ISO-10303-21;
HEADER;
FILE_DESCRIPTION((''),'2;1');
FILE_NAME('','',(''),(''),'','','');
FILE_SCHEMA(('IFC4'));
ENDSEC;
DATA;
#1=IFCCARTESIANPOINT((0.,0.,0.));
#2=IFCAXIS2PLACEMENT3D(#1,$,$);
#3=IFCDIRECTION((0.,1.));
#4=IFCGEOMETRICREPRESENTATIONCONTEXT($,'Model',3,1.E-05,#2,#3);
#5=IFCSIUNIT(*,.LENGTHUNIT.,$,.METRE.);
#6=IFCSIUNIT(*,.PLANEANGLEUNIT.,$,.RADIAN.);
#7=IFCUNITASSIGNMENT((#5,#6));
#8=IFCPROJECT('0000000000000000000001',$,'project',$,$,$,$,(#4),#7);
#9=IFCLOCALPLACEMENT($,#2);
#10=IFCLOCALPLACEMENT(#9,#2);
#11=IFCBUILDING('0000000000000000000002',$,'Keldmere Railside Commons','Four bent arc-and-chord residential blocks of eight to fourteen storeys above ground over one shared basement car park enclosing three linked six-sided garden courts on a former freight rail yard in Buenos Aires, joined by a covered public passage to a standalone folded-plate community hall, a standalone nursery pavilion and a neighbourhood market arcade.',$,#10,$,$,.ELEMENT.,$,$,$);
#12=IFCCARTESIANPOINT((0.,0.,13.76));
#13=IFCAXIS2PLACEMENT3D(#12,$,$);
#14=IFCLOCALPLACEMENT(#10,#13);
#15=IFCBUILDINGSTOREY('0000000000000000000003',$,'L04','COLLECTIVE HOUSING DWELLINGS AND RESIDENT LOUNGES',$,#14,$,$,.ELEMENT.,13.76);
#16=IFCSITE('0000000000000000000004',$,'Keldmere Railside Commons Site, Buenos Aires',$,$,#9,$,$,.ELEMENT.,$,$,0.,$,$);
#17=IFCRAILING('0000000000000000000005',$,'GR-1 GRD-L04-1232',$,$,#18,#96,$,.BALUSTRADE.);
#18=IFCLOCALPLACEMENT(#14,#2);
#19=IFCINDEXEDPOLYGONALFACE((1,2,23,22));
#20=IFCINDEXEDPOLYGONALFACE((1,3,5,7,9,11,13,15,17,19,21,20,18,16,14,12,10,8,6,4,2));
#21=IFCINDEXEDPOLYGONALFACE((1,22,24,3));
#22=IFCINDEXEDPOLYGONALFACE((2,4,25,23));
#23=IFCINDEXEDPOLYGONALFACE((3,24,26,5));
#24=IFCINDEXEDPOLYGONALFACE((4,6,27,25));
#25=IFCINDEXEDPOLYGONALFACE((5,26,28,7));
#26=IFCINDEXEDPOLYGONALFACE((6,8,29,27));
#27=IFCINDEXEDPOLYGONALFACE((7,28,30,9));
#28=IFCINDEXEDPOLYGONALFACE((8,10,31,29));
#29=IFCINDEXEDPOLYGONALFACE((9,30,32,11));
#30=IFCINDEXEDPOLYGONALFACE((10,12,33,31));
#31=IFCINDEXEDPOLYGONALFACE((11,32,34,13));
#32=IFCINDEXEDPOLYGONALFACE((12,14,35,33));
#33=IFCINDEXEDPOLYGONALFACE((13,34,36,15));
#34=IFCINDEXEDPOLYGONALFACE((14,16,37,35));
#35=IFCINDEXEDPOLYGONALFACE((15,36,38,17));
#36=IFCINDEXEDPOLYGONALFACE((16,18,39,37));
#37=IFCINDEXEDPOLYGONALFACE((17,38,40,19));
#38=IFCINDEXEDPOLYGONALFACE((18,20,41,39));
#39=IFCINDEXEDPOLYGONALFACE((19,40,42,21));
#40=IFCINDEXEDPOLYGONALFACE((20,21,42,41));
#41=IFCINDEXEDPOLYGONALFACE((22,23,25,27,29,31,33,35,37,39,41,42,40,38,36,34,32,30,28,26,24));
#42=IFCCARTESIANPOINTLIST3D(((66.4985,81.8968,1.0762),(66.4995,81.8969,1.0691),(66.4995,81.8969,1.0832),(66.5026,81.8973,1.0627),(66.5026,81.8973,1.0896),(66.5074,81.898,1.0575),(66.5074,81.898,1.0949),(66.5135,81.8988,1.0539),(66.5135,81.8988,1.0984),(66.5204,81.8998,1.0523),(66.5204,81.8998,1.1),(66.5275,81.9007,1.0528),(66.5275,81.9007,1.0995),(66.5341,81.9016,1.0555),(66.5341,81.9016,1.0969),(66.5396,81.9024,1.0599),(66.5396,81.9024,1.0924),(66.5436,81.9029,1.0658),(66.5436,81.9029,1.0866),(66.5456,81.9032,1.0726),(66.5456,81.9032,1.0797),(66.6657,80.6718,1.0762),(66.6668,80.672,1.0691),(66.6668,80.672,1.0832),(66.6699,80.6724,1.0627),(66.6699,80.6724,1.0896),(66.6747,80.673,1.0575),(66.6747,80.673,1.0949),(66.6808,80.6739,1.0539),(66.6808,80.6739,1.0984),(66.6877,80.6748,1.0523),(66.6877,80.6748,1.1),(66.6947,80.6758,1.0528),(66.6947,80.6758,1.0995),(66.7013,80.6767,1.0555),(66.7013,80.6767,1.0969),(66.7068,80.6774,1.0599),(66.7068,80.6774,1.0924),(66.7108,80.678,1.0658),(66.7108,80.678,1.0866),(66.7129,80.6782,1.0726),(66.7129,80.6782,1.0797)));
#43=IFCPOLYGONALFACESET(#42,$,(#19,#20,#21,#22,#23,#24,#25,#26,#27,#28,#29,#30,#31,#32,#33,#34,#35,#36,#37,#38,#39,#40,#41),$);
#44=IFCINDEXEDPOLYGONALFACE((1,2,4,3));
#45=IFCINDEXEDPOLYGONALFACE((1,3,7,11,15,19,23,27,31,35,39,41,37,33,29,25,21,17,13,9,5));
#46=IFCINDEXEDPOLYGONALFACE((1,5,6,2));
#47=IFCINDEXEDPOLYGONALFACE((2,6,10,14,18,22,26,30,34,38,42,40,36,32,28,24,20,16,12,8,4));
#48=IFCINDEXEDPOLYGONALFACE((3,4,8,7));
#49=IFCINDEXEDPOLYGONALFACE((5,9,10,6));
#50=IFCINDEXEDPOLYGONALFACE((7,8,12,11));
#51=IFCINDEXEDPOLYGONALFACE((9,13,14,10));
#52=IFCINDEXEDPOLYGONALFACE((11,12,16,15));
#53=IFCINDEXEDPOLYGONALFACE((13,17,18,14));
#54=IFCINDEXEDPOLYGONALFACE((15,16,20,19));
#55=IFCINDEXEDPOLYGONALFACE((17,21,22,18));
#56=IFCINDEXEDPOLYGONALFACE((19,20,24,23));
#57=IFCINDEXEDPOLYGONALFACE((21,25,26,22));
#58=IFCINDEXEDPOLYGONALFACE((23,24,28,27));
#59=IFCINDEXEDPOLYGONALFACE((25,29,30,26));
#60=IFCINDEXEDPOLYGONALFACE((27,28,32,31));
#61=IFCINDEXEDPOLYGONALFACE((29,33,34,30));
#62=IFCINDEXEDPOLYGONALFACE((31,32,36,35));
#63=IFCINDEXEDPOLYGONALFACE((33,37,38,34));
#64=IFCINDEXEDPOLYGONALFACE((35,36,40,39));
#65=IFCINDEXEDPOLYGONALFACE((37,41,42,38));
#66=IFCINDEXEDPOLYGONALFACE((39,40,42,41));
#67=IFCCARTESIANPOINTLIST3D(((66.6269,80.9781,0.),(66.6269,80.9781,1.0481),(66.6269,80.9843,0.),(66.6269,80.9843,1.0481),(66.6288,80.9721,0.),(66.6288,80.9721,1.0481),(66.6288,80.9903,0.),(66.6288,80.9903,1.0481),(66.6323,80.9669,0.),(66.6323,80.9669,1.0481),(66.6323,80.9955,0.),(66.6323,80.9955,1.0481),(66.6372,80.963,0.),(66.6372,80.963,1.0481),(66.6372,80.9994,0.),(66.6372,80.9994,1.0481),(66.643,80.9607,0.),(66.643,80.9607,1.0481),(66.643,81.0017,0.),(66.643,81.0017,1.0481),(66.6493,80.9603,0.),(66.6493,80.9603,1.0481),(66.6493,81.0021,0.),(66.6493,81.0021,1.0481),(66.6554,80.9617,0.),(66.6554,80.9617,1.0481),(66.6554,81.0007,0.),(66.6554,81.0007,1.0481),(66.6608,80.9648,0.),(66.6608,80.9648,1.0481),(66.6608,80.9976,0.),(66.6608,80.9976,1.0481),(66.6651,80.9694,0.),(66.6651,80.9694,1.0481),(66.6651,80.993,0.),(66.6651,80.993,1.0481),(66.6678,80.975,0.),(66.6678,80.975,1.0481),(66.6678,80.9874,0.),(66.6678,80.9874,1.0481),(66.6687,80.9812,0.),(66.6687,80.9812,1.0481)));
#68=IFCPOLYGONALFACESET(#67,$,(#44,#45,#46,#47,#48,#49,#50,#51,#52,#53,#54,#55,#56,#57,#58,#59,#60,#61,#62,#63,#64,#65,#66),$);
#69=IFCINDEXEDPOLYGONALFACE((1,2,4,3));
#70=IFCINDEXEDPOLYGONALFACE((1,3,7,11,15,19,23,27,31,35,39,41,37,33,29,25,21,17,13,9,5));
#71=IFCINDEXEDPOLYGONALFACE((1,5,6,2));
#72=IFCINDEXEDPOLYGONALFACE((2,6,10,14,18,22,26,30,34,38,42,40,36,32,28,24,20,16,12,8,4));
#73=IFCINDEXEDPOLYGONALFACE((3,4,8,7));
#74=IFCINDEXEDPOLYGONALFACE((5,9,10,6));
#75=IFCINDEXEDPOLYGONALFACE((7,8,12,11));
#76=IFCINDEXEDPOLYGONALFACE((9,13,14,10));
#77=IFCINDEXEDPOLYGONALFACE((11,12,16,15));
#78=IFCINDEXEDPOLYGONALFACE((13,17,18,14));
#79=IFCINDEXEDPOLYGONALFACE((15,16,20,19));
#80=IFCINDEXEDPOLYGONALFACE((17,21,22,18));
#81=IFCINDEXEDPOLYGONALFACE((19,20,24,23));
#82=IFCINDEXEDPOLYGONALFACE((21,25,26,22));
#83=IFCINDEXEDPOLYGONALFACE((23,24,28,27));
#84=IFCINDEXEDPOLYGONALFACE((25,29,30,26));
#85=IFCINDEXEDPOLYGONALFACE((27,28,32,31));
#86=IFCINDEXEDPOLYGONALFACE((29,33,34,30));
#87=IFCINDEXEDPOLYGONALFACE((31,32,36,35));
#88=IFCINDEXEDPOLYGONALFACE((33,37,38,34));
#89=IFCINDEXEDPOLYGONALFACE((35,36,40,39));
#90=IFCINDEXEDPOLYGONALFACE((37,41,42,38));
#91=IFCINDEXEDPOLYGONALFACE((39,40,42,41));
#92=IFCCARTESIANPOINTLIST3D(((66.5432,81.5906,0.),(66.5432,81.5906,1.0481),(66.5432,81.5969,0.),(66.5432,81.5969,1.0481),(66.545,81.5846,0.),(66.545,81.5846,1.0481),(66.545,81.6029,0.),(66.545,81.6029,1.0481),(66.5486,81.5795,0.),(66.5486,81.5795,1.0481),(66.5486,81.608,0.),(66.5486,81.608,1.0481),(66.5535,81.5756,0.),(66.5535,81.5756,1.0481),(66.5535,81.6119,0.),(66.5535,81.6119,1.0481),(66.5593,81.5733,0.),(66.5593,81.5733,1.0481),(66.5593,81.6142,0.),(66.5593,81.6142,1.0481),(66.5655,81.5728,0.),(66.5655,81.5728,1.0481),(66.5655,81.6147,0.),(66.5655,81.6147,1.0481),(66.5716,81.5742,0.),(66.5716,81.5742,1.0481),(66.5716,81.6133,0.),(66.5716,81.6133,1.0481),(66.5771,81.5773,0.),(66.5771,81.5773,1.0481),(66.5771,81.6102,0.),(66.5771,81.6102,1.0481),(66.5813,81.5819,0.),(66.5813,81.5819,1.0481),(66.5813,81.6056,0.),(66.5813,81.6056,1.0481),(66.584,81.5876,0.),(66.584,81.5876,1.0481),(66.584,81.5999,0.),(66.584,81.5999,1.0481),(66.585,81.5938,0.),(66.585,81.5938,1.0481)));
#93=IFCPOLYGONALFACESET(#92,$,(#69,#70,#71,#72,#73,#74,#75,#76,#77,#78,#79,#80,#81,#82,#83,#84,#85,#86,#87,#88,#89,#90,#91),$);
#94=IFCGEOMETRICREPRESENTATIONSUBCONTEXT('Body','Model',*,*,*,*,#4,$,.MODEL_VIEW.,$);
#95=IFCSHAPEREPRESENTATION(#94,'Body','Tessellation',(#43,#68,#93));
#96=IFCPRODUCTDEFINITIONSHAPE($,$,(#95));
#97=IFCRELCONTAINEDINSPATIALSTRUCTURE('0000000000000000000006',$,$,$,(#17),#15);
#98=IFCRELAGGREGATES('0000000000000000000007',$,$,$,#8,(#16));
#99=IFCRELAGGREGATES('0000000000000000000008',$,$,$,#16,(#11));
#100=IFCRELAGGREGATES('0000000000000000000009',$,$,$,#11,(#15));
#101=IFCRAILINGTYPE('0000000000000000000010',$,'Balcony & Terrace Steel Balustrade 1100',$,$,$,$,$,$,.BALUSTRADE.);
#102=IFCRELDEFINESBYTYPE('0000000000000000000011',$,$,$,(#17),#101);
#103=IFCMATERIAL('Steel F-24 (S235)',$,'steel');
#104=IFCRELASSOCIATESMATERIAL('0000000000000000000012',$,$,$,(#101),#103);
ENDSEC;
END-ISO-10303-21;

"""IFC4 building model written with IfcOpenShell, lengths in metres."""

from ifc_helpers import new_model, si_unit, direction, frame, origin, origin_2d, place, context, subcontext, project, spatial, circle, extrude, material, type_object, element, save


model = new_model("IFC4")

# Units and contexts
model_context = context("Model", 3, precision=1e-05, world=origin(), true_north=direction((0.0, 1.0)))
body_context = subcontext(model_context, "Body", "Model", "MODEL_VIEW")
ifc_project = project(units=[si_unit("LENGTHUNIT", "METRE"), si_unit("PLANEANGLEUNIT", "RADIAN")], contexts=[model_context])

# Site, building, storey
site_placement = place(None, origin())
site = spatial("IfcSite", under=ifc_project, at=site_placement, Name="Keldmere Railside Commons Site, Buenos Aires", CompositionType="ELEMENT", RefElevation=0.0)
building_placement = place(site_placement, origin())
building = spatial("IfcBuilding", under=site, at=building_placement, Name="Keldmere Railside Commons", Description="Four bent arc-and-chord residential blocks of eight to fourteen storeys above ground over one shared basement car park enclosing three linked six-sided garden courts on a former freight rail yard in Buenos Aires, joined by a covered public passage to a standalone folded-plate community hall, a standalone nursery pavilion and a neighbourhood market arcade.", CompositionType="ELEMENT")
storey_placement = place(building_placement, frame((0.0, 0.0, 13.76)))
storey = spatial("IfcBuildingStorey", under=building, at=storey_placement, Name="L04", Description="COLLECTIVE HOUSING DWELLINGS AND RESIDENT LOUNGES", CompositionType="ELEMENT", Elevation=13.76)

# Railing
ifc_material_1 = material(Name="Steel F-24 (S235)", Category="steel")
railing_type = type_object("IfcRailingType", Name="Balcony & Terrace Steel Balustrade 1100", PredefinedType="BALUSTRADE", material=ifc_material_1)
railing_1_placement = place(storey_placement, frame((66.6895, 80.675, 0.0)))
element("IfcRailing", 1, at=railing_1_placement, inside=storey, type_object=railing_type, Name="GR-1 GRD-L04-1232", PredefinedType="BALUSTRADE", context=body_context, shape_type="SweptSolid", body=[
    extrude(circle(Radius=0.0239, at=origin_2d()), frame((0.0, 0.0, 1.0762), z_axis=(-0.135281, 0.990807, 0.0), x_axis=(-0.990807, -0.135281, 0.0)), (0.0, 0.0, 1.0), 1.2363),
    extrude(circle(Radius=0.021, at=origin_2d()), frame((-0.0417, 0.3062, 0.0)), (0.0, 0.0, 1.0), 1.0481),
    extrude(circle(Radius=0.021, at=origin_2d()), frame((-0.1255, 0.9187, 0.0)), (0.0, 0.0, 1.0), 1.0481),
])

save(model, "model.ifc")
